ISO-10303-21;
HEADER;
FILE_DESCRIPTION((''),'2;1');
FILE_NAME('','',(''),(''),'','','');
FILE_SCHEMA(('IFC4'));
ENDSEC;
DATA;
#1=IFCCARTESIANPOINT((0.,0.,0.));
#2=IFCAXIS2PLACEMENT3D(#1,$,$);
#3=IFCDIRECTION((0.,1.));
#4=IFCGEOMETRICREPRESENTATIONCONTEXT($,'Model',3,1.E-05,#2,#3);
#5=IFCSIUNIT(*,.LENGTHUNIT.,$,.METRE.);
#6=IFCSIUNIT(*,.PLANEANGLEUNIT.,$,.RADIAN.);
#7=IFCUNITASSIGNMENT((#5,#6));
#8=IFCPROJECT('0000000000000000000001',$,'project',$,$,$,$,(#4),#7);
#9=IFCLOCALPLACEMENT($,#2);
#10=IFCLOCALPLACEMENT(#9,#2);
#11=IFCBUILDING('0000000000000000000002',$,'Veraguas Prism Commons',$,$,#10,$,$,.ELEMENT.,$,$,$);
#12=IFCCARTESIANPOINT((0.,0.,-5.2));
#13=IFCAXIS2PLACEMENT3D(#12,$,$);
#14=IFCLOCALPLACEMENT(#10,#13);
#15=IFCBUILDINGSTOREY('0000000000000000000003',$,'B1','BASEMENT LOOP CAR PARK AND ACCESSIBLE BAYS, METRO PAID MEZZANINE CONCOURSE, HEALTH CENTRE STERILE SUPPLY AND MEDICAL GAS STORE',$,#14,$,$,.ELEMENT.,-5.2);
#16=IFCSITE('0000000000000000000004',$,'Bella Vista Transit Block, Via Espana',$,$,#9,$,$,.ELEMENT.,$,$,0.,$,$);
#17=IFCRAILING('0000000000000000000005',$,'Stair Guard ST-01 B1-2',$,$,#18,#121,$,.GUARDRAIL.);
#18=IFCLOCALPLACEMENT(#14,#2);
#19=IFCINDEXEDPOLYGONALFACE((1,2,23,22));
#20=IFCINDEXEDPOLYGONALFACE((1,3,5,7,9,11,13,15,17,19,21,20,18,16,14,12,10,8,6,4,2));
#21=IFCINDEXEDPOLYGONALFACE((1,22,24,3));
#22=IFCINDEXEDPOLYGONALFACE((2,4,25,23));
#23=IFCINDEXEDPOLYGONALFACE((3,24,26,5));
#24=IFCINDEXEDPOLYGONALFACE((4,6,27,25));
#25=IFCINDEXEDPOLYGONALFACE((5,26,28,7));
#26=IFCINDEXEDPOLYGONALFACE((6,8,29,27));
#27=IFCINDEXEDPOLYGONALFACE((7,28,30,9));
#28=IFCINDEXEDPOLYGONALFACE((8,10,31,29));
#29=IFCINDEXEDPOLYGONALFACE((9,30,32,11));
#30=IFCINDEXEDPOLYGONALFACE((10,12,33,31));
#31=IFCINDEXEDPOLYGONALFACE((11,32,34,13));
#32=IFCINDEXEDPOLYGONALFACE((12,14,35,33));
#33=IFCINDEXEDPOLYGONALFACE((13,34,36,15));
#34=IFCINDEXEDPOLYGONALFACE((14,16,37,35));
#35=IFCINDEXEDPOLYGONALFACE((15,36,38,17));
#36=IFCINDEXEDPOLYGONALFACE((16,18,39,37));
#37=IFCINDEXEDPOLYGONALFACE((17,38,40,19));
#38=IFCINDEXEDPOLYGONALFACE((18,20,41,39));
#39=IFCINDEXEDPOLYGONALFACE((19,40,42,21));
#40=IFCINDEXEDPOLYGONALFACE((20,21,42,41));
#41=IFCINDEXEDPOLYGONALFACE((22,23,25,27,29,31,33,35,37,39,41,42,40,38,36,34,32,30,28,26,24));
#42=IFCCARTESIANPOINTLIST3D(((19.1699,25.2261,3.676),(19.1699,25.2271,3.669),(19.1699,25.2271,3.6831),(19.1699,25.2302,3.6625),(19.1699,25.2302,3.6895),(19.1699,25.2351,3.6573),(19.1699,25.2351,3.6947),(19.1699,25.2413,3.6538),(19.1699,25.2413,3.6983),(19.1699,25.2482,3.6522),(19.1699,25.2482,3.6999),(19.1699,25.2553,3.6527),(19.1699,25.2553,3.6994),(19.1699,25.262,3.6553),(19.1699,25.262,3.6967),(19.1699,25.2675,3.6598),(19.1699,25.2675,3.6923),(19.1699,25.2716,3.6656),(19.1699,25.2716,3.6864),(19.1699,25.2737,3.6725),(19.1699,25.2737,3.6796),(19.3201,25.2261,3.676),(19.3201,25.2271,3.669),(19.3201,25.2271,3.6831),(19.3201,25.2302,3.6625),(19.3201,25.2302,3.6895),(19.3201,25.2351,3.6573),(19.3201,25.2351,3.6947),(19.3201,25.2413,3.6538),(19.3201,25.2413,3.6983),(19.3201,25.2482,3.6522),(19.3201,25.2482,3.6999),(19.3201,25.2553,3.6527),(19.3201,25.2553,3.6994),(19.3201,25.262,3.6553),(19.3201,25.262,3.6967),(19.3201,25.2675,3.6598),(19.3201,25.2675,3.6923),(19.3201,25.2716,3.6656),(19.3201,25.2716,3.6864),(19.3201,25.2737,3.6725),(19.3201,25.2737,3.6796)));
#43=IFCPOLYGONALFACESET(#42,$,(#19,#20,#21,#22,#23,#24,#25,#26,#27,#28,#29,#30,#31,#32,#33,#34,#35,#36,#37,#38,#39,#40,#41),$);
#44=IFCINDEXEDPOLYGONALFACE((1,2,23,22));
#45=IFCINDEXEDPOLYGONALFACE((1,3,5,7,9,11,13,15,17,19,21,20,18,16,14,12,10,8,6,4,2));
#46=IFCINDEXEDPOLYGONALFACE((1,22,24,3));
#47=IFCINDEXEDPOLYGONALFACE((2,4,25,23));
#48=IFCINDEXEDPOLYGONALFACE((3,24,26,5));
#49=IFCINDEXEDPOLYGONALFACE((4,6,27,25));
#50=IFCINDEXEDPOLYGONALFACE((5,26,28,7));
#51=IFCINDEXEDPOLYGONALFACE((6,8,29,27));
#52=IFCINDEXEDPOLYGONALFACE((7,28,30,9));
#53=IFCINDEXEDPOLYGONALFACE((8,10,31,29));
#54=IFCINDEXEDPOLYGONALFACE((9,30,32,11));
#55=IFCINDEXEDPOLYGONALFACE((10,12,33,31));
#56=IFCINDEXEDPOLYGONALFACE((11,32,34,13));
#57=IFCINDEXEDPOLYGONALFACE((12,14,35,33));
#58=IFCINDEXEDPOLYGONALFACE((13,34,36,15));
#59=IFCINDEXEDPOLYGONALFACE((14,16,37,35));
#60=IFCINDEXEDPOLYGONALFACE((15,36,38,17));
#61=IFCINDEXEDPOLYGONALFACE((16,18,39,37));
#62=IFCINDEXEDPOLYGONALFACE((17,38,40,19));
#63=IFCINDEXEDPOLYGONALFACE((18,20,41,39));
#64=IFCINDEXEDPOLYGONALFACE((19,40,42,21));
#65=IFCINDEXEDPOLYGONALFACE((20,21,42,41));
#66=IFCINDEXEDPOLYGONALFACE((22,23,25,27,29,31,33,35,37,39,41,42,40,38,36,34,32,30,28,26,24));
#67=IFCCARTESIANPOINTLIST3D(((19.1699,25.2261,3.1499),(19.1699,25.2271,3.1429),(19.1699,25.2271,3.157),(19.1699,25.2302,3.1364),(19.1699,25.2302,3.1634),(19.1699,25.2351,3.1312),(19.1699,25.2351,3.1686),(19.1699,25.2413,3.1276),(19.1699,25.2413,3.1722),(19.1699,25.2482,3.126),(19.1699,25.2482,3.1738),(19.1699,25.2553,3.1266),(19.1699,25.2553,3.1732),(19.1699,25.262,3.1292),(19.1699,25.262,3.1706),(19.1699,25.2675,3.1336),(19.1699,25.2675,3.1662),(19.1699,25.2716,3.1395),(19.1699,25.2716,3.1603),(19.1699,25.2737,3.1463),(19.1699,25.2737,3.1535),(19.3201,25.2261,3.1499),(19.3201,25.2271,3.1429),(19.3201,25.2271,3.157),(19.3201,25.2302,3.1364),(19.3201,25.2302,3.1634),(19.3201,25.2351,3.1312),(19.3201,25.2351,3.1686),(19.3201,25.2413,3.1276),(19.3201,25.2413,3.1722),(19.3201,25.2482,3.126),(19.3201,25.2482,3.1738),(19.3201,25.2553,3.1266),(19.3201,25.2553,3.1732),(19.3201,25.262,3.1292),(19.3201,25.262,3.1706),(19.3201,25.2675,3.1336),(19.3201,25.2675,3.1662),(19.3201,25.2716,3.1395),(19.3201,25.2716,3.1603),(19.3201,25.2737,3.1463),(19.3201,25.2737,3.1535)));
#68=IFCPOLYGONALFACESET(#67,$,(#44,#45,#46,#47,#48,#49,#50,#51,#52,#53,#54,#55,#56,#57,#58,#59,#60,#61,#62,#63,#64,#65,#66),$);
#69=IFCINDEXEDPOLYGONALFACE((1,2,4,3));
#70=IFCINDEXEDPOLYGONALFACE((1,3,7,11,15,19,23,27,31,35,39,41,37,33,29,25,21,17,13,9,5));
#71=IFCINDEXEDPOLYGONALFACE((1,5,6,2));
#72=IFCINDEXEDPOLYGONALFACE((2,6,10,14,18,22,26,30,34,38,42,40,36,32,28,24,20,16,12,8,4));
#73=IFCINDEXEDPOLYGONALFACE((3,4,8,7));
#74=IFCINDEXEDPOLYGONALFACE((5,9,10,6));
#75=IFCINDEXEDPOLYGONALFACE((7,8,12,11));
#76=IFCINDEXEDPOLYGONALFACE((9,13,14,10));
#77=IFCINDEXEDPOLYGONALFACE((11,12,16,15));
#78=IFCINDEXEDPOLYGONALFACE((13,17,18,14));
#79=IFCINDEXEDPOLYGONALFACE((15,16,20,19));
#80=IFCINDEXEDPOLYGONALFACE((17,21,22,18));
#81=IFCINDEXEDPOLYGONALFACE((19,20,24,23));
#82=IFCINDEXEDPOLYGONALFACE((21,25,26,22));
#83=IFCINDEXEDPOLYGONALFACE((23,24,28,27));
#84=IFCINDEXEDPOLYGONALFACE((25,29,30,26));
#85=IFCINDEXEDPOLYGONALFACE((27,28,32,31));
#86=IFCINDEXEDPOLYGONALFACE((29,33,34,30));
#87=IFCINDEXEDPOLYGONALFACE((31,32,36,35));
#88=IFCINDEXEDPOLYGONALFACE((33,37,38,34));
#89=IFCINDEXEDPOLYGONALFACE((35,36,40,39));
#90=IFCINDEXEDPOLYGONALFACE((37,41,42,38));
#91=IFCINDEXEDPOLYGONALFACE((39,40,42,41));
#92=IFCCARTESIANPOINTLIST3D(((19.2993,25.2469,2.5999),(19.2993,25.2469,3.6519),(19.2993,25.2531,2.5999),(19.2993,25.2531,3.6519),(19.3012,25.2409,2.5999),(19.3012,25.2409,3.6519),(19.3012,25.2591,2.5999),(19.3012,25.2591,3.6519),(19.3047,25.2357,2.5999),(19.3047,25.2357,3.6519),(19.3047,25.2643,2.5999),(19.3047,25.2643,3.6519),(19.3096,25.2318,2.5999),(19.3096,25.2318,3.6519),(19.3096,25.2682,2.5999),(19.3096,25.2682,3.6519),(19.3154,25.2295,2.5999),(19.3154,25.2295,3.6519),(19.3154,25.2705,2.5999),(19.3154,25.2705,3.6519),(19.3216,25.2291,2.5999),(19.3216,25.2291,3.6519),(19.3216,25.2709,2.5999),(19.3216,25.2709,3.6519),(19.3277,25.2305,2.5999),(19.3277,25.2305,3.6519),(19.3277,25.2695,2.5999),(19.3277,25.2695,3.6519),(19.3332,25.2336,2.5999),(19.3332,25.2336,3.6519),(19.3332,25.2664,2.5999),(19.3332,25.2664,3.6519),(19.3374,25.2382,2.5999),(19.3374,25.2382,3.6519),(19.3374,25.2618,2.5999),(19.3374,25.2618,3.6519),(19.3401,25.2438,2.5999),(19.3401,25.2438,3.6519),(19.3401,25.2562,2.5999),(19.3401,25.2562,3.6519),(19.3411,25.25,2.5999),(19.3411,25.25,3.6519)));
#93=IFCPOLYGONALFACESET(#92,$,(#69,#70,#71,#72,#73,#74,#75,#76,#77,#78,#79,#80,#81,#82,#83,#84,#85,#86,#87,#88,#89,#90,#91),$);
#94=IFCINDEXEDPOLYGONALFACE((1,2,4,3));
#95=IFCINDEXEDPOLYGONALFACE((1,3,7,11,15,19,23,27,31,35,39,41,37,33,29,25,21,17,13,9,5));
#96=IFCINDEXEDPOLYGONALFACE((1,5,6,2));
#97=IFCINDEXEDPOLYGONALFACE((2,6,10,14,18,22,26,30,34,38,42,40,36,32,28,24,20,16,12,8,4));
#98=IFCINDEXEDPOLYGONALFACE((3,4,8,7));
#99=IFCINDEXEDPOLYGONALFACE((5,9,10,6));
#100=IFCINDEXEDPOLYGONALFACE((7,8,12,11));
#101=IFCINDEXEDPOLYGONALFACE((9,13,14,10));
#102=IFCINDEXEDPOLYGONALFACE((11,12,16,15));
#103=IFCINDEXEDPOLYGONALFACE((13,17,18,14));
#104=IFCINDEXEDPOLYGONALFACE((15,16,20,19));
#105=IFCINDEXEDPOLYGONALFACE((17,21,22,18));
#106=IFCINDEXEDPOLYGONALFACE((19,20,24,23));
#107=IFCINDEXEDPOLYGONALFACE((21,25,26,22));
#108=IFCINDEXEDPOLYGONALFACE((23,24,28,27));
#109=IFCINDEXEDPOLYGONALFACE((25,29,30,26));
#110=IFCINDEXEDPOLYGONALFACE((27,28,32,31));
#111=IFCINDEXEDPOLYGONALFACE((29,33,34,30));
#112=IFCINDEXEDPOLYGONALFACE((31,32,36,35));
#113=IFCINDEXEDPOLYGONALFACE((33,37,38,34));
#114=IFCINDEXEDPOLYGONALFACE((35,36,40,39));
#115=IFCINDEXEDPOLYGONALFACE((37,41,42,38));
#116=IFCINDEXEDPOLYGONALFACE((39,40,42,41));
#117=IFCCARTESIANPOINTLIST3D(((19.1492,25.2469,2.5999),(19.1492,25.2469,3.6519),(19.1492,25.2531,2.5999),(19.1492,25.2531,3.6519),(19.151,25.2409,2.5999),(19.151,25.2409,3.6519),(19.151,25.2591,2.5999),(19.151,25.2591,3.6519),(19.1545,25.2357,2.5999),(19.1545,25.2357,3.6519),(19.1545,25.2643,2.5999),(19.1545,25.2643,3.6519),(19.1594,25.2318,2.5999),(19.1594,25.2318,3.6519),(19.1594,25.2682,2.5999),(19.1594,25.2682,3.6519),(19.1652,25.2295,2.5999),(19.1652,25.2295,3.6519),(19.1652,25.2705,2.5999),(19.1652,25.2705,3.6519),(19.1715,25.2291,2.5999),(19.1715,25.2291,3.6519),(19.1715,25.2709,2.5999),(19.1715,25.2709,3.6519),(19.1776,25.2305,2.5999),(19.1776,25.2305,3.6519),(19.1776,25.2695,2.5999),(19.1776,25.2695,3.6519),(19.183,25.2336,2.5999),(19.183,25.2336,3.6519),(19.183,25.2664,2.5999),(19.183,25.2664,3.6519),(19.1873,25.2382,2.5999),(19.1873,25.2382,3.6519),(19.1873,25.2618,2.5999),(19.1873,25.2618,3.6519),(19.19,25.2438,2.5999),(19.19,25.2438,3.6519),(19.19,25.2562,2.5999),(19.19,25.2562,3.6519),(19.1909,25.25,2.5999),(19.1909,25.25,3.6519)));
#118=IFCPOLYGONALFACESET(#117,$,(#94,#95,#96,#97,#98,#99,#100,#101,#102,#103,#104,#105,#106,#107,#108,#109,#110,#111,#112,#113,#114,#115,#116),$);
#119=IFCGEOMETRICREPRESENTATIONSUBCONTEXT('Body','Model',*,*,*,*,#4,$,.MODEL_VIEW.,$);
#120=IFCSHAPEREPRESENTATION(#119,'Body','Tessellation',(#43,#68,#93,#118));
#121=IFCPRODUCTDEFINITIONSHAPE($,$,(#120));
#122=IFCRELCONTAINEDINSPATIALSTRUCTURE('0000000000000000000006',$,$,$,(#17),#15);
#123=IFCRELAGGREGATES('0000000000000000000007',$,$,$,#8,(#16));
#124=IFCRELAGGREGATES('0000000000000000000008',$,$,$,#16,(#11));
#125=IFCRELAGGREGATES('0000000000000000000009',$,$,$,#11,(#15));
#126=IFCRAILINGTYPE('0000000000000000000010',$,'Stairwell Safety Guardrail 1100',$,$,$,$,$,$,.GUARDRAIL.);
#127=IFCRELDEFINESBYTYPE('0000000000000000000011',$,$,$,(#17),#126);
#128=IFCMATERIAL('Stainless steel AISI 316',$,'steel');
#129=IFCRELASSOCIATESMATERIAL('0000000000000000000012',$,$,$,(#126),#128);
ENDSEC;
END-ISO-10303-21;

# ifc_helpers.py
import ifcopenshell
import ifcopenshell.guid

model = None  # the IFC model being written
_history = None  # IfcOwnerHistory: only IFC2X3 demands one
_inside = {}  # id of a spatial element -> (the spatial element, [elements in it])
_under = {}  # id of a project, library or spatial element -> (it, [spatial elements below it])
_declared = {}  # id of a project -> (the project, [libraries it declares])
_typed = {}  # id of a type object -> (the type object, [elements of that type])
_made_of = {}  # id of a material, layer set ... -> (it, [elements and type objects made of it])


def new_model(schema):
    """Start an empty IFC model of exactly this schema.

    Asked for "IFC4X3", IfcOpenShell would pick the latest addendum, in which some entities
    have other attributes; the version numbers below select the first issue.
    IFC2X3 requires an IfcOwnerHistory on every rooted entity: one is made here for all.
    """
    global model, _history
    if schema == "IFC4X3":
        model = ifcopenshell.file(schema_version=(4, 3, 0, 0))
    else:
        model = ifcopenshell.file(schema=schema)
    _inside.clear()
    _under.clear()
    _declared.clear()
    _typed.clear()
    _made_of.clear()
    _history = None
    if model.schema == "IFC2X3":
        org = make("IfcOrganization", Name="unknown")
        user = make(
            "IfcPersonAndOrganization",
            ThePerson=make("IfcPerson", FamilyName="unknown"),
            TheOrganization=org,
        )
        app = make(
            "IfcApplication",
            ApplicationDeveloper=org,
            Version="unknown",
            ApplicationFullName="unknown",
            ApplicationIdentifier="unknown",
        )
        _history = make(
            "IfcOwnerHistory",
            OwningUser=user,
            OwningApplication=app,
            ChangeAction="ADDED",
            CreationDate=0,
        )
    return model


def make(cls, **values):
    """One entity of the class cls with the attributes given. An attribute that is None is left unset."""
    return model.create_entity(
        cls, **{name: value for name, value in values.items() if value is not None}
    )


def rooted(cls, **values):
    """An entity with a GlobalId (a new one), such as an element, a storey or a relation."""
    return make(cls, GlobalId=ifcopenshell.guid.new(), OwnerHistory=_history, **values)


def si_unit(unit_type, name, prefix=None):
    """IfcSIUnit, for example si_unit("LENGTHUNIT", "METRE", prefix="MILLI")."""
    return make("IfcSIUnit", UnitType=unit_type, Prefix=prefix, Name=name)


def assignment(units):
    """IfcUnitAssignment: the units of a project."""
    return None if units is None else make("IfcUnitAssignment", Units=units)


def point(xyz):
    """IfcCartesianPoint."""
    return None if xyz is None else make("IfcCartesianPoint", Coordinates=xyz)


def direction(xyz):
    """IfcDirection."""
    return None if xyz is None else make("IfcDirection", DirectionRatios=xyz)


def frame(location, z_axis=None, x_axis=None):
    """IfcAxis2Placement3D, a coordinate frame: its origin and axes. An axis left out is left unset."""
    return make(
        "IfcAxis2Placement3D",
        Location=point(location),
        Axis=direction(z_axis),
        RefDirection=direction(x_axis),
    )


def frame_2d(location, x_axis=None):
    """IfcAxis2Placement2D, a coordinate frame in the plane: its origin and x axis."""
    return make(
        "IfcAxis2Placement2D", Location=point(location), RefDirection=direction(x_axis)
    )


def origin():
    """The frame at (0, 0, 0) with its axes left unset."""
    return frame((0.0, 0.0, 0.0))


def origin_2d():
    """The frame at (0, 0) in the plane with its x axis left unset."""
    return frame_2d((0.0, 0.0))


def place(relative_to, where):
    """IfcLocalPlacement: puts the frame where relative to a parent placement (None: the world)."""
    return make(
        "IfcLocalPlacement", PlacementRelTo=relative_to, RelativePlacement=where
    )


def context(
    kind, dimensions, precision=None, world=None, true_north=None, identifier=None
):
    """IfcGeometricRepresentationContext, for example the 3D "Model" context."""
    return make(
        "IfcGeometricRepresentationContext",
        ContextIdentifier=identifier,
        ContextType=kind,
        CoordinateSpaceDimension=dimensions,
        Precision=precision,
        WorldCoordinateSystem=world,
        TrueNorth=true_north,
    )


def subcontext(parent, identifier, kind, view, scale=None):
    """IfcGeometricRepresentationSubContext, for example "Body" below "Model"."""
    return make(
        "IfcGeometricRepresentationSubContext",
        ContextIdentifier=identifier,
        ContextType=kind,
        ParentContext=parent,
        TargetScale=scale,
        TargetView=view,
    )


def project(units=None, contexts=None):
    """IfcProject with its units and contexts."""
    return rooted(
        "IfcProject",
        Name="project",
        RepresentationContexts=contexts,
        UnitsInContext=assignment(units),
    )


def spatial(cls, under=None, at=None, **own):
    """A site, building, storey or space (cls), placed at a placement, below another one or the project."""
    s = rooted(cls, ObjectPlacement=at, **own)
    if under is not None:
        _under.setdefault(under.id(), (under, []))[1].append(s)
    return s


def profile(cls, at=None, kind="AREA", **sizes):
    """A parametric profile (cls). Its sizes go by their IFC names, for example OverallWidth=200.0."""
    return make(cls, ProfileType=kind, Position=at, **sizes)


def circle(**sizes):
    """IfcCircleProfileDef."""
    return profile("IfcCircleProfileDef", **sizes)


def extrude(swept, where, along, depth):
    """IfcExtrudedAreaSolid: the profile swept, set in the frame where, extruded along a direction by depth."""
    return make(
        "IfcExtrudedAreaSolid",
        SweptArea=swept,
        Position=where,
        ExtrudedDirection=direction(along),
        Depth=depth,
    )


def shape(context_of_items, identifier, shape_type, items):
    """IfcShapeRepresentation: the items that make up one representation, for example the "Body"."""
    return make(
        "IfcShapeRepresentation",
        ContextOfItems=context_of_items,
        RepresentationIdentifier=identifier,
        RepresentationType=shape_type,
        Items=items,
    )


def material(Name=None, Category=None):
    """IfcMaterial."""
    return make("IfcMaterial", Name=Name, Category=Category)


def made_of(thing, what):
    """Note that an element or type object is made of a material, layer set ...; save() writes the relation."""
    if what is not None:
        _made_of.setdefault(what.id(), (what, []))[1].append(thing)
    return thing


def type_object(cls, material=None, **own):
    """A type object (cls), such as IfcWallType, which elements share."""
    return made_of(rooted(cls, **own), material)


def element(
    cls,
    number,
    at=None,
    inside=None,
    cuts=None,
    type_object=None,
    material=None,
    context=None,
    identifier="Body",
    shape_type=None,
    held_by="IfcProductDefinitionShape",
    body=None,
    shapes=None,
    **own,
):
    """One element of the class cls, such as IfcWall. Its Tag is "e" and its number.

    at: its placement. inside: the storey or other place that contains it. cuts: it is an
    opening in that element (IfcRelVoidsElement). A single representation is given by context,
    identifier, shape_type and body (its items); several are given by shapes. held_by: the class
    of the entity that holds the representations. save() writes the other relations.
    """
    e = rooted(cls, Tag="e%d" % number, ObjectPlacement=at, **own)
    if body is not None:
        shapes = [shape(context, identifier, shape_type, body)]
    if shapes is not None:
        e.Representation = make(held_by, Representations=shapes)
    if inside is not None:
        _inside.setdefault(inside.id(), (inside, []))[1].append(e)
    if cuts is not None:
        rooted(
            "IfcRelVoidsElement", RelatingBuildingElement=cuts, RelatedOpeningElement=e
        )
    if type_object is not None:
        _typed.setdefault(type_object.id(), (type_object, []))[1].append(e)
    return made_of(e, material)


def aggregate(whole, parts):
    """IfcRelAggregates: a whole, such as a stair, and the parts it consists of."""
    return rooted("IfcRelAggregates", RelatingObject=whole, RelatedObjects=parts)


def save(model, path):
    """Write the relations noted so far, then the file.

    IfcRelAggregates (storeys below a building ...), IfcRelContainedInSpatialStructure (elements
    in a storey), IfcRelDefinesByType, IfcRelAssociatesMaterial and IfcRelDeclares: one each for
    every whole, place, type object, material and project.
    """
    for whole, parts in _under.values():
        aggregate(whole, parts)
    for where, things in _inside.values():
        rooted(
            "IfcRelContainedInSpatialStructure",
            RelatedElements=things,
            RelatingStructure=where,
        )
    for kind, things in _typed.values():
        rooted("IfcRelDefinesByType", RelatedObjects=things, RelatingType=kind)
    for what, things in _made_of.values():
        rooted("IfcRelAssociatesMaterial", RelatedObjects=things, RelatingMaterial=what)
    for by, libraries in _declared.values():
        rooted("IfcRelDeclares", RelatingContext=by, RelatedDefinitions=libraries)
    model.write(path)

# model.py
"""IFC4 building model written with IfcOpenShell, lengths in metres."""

from ifc_helpers import new_model, si_unit, direction, frame, origin, origin_2d, place, context, subcontext, project, spatial, circle, extrude, material, type_object, element, save


model = new_model("IFC4")

# Units and contexts
model_context = context("Model", 3, precision=1e-05, world=origin(), true_north=direction((0.0, 1.0)))
body_context = subcontext(model_context, "Body", "Model", "MODEL_VIEW")
ifc_project = project(units=[si_unit("LENGTHUNIT", "METRE"), si_unit("PLANEANGLEUNIT", "RADIAN")], contexts=[model_context])

# Site, building, storey
site_placement = place(None, origin())
site = spatial("IfcSite", under=ifc_project, at=site_placement, Name="Bella Vista Transit Block, Via Espana", CompositionType="ELEMENT", RefElevation=0.0)
building_placement = place(site_placement, origin())
building = spatial("IfcBuilding", under=site, at=building_placement, Name="Veraguas Prism Commons", CompositionType="ELEMENT")
storey_placement = place(building_placement, frame((0.0, 0.0, -5.2)))
storey = spatial("IfcBuildingStorey", under=building, at=storey_placement, Name="B1", Description="BASEMENT LOOP CAR PARK AND ACCESSIBLE BAYS, METRO PAID MEZZANINE CONCOURSE, HEALTH CENTRE STERILE SUPPLY AND MEDICAL GAS STORE", CompositionType="ELEMENT", Elevation=-5.2)

# Railing
ifc_material_1 = material(Name="Stainless steel AISI 316", Category="steel")
railing_type_1 = type_object("IfcRailingType", Name="Stairwell Safety Guardrail 1100", PredefinedType="GUARDRAIL", material=ifc_material_1)
railing_1_placement = place(storey_placement, frame((19.3201, 25.25, 2.5999)))
element("IfcRailing", 1, at=railing_1_placement, inside=storey, type_object=railing_type_1, Name="Stair Guard ST-01 B1-2", PredefinedType="GUARDRAIL", context=body_context, shape_type="SweptSolid", body=[
    extrude(circle(Radius=0.0239, at=origin_2d()), frame((0.0, 0.0, 1.0762), z_axis=(-1.0, 0.0, 0.0), x_axis=(0.0, -1.0, 0.0)), (0.0, 0.0, 1.0), 0.1501),
    extrude(circle(Radius=0.0239, at=origin_2d()), frame((0.0, 0.0, 0.55), z_axis=(-1.0, 0.0, 0.0), x_axis=(0.0, -1.0, 0.0)), (0.0, 0.0, 1.0), 0.1501),
    extrude(circle(Radius=0.021, at=origin_2d()), origin(), (0.0, 0.0, 1.0), 1.052),
    extrude(circle(Radius=0.021, at=origin_2d()), frame((-0.1501, 0.0, 0.0)), (0.0, 0.0, 1.0), 1.052),
])

save(model, "model.ifc")
